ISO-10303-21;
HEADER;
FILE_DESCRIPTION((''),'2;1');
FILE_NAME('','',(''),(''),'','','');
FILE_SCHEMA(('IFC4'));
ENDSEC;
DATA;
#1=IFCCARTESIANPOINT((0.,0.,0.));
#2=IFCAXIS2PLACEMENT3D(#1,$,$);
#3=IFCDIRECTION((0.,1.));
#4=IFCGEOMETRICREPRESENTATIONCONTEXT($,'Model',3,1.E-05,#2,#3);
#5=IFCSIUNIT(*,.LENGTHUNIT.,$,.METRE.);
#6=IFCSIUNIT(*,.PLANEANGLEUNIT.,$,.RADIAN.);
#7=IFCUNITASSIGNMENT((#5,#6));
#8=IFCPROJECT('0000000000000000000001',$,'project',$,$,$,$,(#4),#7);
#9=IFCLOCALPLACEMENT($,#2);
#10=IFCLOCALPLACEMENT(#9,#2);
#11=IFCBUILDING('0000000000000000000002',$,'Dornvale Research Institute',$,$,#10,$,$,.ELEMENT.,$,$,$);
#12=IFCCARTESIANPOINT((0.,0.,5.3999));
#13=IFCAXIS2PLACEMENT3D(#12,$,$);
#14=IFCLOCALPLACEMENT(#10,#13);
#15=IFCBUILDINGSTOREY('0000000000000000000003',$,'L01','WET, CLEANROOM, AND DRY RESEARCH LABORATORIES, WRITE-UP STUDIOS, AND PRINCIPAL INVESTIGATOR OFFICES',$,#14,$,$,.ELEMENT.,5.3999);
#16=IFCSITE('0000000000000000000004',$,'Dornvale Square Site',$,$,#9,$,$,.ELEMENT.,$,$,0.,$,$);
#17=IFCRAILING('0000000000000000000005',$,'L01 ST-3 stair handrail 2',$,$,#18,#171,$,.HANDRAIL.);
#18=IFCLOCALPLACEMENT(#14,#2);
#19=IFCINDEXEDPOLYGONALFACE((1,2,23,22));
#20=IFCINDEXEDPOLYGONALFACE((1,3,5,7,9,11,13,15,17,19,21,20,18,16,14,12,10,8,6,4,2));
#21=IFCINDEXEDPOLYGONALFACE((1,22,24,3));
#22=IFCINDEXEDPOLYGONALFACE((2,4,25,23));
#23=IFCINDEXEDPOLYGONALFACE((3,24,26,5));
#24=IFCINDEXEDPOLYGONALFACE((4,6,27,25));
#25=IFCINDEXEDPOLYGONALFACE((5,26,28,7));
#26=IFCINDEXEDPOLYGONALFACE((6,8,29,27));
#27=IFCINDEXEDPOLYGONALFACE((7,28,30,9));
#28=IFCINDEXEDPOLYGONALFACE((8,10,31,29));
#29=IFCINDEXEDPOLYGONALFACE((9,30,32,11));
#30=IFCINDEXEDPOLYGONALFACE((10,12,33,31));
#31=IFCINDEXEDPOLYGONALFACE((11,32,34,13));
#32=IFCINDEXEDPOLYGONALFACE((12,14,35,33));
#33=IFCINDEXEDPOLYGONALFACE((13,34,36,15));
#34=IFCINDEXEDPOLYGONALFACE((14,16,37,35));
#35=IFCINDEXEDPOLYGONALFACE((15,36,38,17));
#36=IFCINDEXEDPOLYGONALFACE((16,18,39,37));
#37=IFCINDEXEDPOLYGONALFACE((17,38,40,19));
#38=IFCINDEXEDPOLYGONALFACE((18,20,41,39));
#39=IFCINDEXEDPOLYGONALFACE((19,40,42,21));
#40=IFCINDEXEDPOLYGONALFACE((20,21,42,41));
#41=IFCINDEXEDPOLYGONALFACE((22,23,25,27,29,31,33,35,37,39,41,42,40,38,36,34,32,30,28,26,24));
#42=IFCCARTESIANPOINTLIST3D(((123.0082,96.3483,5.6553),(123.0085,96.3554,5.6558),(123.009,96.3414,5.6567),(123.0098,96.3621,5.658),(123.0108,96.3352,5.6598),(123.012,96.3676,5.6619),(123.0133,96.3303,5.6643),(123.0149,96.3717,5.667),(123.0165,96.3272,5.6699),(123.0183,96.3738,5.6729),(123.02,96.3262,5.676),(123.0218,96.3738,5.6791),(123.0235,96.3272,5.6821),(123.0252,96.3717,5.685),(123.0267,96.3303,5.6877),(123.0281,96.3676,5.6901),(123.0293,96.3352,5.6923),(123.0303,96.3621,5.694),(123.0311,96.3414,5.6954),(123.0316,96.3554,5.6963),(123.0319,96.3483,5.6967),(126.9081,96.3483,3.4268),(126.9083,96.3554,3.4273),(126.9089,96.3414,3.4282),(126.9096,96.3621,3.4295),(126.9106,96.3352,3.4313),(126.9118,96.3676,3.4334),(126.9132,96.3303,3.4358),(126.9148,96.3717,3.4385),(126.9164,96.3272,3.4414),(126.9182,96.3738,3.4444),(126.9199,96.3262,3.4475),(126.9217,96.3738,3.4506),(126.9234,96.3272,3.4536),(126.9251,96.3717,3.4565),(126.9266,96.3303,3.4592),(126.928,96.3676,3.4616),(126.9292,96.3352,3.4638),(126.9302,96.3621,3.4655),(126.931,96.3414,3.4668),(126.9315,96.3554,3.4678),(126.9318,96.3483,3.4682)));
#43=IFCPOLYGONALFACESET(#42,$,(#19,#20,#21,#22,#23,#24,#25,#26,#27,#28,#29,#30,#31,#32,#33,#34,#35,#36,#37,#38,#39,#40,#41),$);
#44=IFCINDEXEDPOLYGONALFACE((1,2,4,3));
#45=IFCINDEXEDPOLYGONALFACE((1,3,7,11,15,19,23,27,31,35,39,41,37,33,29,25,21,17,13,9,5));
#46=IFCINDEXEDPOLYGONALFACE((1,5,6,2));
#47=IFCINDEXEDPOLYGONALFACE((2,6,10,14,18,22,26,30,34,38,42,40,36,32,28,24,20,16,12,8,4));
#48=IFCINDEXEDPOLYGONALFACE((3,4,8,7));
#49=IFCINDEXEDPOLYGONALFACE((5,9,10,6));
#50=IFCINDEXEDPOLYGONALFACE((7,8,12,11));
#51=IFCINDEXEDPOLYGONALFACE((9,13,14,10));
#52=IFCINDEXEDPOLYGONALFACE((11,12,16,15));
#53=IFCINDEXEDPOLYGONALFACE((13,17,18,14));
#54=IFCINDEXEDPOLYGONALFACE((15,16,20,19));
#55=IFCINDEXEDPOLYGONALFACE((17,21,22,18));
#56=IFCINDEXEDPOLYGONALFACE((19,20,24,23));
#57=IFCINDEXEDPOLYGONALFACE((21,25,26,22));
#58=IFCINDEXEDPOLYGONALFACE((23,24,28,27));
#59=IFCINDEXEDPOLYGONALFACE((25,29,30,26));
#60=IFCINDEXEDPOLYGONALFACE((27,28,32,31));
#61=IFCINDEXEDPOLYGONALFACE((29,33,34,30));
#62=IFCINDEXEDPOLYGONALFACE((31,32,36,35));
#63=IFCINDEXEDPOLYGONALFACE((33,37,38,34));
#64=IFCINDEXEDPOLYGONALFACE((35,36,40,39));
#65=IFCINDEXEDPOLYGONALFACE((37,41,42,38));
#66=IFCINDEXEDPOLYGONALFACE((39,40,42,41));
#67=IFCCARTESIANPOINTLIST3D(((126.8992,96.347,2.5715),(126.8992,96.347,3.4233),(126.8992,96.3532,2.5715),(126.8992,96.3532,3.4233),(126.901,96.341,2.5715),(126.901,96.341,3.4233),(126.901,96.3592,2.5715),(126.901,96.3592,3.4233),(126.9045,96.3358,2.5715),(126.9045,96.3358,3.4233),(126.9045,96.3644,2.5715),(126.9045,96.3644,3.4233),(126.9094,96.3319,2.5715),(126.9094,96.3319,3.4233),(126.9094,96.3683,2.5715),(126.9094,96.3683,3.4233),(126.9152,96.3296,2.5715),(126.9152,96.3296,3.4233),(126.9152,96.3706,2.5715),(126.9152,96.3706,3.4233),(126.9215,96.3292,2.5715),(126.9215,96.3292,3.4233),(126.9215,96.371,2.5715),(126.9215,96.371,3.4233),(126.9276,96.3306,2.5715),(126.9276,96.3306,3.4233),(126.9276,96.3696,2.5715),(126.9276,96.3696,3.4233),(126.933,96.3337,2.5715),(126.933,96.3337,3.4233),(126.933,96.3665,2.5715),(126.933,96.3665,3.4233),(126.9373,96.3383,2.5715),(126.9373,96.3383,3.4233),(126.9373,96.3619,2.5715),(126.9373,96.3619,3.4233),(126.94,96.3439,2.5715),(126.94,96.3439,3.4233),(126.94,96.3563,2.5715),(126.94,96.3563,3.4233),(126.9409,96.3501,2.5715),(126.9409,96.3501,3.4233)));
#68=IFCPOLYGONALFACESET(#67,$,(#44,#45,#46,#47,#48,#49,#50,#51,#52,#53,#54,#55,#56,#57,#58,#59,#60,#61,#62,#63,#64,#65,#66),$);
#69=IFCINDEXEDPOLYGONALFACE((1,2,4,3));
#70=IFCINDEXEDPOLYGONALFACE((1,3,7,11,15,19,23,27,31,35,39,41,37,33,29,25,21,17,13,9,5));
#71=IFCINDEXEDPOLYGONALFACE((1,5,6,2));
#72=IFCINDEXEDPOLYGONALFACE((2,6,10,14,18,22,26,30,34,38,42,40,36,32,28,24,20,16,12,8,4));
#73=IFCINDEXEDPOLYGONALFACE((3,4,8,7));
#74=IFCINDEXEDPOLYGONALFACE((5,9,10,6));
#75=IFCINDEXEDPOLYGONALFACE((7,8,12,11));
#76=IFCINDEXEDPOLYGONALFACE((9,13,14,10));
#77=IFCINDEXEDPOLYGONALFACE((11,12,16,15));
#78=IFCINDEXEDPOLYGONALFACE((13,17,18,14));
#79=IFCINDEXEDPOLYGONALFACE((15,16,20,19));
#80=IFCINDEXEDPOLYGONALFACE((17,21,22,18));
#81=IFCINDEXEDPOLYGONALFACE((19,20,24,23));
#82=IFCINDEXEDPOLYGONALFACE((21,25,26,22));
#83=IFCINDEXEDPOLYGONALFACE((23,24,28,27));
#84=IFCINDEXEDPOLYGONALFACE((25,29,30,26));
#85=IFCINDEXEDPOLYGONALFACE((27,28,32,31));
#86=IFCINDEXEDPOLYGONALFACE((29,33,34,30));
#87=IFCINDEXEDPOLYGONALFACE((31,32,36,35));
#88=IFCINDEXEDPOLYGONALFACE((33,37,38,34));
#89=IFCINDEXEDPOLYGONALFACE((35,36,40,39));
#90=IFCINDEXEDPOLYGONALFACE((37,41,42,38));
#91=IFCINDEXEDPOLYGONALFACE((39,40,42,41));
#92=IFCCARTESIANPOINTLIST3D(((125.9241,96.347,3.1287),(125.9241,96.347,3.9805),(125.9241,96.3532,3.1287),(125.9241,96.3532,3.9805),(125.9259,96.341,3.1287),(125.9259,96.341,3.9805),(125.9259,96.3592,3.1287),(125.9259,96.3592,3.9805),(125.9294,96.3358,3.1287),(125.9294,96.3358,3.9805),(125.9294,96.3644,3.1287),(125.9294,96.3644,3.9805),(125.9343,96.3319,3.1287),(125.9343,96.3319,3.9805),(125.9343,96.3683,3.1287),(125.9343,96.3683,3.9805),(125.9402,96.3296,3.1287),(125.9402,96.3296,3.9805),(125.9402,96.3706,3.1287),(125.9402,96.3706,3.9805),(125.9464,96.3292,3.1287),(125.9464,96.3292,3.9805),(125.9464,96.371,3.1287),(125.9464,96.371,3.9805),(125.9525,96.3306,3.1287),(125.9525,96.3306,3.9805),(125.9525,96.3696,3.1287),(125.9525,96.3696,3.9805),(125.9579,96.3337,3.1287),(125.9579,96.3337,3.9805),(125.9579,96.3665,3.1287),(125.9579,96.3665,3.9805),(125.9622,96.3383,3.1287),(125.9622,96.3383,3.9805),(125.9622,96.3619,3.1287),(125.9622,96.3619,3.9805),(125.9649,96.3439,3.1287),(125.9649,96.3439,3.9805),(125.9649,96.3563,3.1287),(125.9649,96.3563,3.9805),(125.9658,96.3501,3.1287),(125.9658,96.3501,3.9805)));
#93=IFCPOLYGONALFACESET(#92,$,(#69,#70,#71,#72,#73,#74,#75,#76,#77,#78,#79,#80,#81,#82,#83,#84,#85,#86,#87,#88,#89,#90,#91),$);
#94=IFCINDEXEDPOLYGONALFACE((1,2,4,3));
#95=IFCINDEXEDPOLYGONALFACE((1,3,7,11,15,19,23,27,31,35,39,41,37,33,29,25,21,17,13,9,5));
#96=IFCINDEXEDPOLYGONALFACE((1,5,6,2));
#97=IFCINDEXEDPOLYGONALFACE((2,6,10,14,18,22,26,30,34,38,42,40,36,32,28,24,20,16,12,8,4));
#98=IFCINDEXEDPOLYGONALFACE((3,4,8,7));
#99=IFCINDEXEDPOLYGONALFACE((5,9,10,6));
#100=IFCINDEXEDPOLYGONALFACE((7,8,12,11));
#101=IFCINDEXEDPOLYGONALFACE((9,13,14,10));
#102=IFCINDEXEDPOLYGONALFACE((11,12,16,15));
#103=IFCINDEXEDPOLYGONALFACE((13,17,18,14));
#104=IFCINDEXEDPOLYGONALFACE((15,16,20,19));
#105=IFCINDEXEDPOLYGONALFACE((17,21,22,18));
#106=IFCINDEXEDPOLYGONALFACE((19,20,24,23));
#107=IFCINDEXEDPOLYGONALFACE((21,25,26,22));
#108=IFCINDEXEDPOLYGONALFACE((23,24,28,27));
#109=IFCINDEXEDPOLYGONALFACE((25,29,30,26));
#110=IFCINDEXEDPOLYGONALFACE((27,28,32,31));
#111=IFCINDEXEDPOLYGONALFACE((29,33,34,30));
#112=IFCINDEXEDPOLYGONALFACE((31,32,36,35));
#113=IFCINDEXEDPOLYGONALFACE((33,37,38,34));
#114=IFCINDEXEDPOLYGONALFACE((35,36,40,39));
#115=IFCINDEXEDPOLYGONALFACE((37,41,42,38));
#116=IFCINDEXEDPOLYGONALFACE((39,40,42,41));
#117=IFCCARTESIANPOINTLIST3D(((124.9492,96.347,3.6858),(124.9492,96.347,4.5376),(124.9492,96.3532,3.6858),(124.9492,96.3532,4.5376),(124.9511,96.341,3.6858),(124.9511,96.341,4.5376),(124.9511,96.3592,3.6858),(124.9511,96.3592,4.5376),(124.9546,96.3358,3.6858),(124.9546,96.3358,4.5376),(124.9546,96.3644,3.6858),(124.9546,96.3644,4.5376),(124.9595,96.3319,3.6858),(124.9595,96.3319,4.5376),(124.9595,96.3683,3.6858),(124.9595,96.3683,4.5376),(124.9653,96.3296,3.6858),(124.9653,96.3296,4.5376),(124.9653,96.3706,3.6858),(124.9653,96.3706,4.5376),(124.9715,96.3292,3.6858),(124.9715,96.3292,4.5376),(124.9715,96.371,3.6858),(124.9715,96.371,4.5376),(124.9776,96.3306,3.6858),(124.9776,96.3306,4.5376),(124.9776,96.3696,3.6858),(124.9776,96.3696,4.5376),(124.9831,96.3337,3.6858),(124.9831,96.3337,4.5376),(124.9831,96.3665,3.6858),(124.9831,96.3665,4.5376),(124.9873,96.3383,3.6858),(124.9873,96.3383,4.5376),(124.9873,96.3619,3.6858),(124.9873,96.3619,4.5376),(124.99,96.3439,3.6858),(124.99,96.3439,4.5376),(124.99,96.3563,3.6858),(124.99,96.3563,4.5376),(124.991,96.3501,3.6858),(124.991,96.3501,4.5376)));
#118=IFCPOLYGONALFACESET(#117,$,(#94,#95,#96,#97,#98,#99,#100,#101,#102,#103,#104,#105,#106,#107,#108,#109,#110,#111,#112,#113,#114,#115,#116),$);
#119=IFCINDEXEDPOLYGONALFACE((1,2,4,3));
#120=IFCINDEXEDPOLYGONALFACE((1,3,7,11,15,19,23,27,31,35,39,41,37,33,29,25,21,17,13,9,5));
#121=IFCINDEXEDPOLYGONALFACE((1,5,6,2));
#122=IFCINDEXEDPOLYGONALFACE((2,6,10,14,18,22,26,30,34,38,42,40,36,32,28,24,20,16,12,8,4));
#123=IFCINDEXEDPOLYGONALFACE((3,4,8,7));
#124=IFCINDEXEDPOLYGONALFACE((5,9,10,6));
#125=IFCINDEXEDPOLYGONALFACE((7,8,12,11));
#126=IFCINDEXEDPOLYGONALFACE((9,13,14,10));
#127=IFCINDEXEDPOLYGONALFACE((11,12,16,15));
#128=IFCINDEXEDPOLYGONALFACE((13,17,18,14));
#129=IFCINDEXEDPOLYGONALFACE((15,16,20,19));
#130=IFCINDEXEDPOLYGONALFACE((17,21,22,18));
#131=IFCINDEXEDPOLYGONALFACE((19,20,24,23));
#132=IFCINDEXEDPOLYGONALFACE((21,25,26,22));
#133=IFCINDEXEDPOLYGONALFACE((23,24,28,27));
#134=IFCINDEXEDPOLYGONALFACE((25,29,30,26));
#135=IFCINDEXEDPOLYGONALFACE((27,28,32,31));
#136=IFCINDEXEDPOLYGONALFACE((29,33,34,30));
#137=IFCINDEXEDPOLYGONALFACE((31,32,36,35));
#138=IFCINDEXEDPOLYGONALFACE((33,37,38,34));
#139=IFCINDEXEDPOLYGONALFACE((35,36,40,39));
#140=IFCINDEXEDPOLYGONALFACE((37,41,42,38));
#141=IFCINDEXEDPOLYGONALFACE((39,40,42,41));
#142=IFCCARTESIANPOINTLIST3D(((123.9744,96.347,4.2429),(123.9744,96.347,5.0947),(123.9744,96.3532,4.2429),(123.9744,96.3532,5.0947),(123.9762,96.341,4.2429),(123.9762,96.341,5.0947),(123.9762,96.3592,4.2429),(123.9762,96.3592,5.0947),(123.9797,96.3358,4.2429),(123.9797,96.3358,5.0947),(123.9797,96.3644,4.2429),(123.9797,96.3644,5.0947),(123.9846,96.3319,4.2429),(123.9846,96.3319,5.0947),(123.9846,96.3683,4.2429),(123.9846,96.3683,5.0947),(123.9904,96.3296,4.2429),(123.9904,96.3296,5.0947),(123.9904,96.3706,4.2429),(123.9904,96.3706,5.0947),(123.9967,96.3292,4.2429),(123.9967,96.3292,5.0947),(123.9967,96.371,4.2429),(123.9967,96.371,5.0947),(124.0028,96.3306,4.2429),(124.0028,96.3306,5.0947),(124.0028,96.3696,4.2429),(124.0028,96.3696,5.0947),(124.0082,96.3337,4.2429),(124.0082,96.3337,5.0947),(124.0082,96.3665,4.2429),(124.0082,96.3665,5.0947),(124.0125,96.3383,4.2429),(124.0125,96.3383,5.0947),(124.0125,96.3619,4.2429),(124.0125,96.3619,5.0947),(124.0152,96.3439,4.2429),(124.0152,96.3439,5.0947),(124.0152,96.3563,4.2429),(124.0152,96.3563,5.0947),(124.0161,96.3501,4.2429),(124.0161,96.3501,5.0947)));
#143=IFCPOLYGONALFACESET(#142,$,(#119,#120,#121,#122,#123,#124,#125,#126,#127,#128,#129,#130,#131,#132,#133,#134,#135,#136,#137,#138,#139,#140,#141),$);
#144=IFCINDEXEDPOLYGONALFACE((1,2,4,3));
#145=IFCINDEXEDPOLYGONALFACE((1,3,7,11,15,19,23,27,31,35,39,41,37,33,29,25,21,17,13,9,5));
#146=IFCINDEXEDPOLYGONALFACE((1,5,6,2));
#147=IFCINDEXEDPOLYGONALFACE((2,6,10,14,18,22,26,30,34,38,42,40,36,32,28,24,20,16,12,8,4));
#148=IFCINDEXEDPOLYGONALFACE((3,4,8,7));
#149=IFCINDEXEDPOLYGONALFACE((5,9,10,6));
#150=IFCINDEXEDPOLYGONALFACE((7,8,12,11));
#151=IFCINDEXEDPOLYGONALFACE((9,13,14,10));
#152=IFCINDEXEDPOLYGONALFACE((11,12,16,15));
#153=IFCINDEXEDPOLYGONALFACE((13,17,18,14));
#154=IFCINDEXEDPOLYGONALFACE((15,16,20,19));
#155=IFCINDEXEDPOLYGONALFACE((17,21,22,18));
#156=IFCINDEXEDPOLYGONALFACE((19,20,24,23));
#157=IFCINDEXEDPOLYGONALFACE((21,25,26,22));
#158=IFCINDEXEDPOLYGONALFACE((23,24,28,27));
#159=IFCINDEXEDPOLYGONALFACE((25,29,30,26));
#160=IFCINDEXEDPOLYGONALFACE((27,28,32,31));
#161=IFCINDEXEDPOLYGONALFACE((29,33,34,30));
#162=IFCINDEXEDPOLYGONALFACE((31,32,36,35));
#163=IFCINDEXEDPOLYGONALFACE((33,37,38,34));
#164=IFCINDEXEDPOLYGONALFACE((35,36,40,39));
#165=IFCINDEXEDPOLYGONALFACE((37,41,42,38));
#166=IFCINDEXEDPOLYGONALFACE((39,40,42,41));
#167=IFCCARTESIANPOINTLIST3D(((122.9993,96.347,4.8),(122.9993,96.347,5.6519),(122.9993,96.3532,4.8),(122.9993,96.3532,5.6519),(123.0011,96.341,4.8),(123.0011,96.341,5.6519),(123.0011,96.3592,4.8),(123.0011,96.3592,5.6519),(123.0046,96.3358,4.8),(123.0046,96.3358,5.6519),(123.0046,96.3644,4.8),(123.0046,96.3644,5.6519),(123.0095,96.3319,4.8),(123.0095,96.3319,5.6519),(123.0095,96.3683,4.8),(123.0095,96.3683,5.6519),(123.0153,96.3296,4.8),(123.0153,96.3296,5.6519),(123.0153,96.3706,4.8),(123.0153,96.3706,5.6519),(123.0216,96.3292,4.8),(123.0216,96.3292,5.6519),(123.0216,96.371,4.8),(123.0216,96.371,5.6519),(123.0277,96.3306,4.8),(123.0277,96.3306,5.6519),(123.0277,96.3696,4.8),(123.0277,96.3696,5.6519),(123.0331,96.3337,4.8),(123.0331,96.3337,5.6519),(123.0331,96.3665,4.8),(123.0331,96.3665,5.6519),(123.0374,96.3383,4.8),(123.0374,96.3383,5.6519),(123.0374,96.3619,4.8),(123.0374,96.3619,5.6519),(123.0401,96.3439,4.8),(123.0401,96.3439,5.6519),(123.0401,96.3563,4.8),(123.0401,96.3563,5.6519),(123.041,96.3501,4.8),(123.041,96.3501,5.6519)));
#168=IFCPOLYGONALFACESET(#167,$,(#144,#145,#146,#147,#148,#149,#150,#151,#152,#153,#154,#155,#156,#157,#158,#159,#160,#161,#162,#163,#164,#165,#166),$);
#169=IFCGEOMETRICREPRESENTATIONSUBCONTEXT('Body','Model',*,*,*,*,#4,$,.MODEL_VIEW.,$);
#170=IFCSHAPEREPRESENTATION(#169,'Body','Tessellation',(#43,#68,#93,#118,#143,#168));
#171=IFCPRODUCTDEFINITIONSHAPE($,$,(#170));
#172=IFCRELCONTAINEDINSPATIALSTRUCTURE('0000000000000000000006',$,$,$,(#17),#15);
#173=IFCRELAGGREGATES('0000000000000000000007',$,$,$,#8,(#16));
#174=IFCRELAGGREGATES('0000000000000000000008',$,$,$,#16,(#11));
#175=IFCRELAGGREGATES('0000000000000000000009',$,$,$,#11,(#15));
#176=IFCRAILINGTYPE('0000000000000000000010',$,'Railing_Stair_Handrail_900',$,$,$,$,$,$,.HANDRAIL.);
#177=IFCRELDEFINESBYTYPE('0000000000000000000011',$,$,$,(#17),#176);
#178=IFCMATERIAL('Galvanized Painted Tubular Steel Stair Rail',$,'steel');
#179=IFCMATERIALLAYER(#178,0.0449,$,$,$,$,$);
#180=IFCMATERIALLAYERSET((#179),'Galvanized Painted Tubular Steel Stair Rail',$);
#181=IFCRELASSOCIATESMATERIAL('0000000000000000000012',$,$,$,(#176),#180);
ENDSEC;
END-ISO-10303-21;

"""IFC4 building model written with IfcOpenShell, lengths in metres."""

from ifc_helpers import new_model, si_unit, direction, frame, origin, origin_2d, place, context, subcontext, project, spatial, circle, extrude, material, layer, layer_set, type_object, element, save


model = new_model("IFC4")

# Units and contexts
model_context = context("Model", 3, precision=1e-05, world=origin(), true_north=direction((0.0, 1.0)))
body_context = subcontext(model_context, "Body", "Model", "MODEL_VIEW")
ifc_project = project(units=[si_unit("LENGTHUNIT", "METRE"), si_unit("PLANEANGLEUNIT", "RADIAN")], contexts=[model_context])

# Site, building, storey
site_placement = place(None, origin())
site = spatial("IfcSite", under=ifc_project, at=site_placement, Name="Dornvale Square Site", CompositionType="ELEMENT", RefElevation=0.0)
building_placement = place(site_placement, origin())
building = spatial("IfcBuilding", under=site, at=building_placement, Name="Dornvale Research Institute", CompositionType="ELEMENT")
storey_placement = place(building_placement, frame((0.0, 0.0, 5.3999)))
storey = spatial("IfcBuildingStorey", under=building, at=storey_placement, Name="L01", Description="WET, CLEANROOM, AND DRY RESEARCH LABORATORIES, WRITE-UP STUDIOS, AND PRINCIPAL INVESTIGATOR OFFICES", CompositionType="ELEMENT", Elevation=5.3999)

# Railing
ifc_material_1 = material(Name="Galvanized Painted Tubular Steel Stair Rail", Category="steel")
ifc_layer_1 = layer(ifc_material_1, 0.0449)
ifc_layer_set_1 = layer_set([ifc_layer_1], Name="Galvanized Painted Tubular Steel Stair Rail")
railing_type_1 = type_object("IfcRailingType", Name="Railing_Stair_Handrail_900", PredefinedType="HANDRAIL", material=ifc_layer_set_1)
railing_1_placement = place(storey_placement, frame((126.9199, 96.3501, 2.5715)))
element("IfcRailing", 1, at=railing_1_placement, inside=storey, type_object=railing_type_1, Name="L01 ST-3 stair handrail 2", PredefinedType="HANDRAIL", context=body_context, shape_type="SweptSolid", body=[
    extrude(circle(Radius=0.0239, at=origin_2d()), frame((0.0, 0.0, 0.876), z_axis=(-0.868243, 0.0, 0.496139), x_axis=(0.0, -1.0, 0.0)), (0.0, 0.0, 1.0), 4.4917),
    extrude(circle(Radius=0.021, at=origin_2d()), origin(), (0.0, 0.0, 1.0), 0.8518),
    extrude(circle(Radius=0.021, at=origin_2d()), frame((-0.9751, 0.0, 0.5571)), (0.0, 0.0, 1.0), 0.8518),
    extrude(circle(Radius=0.021, at=origin_2d()), frame((-1.95, 0.0, 1.1143)), (0.0, 0.0, 1.0), 0.8518),
    extrude(circle(Radius=0.021, at=origin_2d()), frame((-2.9248, 0.0, 1.6714)), (0.0, 0.0, 1.0), 0.8518),
    extrude(circle(Radius=0.021, at=origin_2d()), frame((-3.8999, 0.0, 2.2285)), (0.0, 0.0, 1.0), 0.8518),
])

save(model, "model.ifc")
